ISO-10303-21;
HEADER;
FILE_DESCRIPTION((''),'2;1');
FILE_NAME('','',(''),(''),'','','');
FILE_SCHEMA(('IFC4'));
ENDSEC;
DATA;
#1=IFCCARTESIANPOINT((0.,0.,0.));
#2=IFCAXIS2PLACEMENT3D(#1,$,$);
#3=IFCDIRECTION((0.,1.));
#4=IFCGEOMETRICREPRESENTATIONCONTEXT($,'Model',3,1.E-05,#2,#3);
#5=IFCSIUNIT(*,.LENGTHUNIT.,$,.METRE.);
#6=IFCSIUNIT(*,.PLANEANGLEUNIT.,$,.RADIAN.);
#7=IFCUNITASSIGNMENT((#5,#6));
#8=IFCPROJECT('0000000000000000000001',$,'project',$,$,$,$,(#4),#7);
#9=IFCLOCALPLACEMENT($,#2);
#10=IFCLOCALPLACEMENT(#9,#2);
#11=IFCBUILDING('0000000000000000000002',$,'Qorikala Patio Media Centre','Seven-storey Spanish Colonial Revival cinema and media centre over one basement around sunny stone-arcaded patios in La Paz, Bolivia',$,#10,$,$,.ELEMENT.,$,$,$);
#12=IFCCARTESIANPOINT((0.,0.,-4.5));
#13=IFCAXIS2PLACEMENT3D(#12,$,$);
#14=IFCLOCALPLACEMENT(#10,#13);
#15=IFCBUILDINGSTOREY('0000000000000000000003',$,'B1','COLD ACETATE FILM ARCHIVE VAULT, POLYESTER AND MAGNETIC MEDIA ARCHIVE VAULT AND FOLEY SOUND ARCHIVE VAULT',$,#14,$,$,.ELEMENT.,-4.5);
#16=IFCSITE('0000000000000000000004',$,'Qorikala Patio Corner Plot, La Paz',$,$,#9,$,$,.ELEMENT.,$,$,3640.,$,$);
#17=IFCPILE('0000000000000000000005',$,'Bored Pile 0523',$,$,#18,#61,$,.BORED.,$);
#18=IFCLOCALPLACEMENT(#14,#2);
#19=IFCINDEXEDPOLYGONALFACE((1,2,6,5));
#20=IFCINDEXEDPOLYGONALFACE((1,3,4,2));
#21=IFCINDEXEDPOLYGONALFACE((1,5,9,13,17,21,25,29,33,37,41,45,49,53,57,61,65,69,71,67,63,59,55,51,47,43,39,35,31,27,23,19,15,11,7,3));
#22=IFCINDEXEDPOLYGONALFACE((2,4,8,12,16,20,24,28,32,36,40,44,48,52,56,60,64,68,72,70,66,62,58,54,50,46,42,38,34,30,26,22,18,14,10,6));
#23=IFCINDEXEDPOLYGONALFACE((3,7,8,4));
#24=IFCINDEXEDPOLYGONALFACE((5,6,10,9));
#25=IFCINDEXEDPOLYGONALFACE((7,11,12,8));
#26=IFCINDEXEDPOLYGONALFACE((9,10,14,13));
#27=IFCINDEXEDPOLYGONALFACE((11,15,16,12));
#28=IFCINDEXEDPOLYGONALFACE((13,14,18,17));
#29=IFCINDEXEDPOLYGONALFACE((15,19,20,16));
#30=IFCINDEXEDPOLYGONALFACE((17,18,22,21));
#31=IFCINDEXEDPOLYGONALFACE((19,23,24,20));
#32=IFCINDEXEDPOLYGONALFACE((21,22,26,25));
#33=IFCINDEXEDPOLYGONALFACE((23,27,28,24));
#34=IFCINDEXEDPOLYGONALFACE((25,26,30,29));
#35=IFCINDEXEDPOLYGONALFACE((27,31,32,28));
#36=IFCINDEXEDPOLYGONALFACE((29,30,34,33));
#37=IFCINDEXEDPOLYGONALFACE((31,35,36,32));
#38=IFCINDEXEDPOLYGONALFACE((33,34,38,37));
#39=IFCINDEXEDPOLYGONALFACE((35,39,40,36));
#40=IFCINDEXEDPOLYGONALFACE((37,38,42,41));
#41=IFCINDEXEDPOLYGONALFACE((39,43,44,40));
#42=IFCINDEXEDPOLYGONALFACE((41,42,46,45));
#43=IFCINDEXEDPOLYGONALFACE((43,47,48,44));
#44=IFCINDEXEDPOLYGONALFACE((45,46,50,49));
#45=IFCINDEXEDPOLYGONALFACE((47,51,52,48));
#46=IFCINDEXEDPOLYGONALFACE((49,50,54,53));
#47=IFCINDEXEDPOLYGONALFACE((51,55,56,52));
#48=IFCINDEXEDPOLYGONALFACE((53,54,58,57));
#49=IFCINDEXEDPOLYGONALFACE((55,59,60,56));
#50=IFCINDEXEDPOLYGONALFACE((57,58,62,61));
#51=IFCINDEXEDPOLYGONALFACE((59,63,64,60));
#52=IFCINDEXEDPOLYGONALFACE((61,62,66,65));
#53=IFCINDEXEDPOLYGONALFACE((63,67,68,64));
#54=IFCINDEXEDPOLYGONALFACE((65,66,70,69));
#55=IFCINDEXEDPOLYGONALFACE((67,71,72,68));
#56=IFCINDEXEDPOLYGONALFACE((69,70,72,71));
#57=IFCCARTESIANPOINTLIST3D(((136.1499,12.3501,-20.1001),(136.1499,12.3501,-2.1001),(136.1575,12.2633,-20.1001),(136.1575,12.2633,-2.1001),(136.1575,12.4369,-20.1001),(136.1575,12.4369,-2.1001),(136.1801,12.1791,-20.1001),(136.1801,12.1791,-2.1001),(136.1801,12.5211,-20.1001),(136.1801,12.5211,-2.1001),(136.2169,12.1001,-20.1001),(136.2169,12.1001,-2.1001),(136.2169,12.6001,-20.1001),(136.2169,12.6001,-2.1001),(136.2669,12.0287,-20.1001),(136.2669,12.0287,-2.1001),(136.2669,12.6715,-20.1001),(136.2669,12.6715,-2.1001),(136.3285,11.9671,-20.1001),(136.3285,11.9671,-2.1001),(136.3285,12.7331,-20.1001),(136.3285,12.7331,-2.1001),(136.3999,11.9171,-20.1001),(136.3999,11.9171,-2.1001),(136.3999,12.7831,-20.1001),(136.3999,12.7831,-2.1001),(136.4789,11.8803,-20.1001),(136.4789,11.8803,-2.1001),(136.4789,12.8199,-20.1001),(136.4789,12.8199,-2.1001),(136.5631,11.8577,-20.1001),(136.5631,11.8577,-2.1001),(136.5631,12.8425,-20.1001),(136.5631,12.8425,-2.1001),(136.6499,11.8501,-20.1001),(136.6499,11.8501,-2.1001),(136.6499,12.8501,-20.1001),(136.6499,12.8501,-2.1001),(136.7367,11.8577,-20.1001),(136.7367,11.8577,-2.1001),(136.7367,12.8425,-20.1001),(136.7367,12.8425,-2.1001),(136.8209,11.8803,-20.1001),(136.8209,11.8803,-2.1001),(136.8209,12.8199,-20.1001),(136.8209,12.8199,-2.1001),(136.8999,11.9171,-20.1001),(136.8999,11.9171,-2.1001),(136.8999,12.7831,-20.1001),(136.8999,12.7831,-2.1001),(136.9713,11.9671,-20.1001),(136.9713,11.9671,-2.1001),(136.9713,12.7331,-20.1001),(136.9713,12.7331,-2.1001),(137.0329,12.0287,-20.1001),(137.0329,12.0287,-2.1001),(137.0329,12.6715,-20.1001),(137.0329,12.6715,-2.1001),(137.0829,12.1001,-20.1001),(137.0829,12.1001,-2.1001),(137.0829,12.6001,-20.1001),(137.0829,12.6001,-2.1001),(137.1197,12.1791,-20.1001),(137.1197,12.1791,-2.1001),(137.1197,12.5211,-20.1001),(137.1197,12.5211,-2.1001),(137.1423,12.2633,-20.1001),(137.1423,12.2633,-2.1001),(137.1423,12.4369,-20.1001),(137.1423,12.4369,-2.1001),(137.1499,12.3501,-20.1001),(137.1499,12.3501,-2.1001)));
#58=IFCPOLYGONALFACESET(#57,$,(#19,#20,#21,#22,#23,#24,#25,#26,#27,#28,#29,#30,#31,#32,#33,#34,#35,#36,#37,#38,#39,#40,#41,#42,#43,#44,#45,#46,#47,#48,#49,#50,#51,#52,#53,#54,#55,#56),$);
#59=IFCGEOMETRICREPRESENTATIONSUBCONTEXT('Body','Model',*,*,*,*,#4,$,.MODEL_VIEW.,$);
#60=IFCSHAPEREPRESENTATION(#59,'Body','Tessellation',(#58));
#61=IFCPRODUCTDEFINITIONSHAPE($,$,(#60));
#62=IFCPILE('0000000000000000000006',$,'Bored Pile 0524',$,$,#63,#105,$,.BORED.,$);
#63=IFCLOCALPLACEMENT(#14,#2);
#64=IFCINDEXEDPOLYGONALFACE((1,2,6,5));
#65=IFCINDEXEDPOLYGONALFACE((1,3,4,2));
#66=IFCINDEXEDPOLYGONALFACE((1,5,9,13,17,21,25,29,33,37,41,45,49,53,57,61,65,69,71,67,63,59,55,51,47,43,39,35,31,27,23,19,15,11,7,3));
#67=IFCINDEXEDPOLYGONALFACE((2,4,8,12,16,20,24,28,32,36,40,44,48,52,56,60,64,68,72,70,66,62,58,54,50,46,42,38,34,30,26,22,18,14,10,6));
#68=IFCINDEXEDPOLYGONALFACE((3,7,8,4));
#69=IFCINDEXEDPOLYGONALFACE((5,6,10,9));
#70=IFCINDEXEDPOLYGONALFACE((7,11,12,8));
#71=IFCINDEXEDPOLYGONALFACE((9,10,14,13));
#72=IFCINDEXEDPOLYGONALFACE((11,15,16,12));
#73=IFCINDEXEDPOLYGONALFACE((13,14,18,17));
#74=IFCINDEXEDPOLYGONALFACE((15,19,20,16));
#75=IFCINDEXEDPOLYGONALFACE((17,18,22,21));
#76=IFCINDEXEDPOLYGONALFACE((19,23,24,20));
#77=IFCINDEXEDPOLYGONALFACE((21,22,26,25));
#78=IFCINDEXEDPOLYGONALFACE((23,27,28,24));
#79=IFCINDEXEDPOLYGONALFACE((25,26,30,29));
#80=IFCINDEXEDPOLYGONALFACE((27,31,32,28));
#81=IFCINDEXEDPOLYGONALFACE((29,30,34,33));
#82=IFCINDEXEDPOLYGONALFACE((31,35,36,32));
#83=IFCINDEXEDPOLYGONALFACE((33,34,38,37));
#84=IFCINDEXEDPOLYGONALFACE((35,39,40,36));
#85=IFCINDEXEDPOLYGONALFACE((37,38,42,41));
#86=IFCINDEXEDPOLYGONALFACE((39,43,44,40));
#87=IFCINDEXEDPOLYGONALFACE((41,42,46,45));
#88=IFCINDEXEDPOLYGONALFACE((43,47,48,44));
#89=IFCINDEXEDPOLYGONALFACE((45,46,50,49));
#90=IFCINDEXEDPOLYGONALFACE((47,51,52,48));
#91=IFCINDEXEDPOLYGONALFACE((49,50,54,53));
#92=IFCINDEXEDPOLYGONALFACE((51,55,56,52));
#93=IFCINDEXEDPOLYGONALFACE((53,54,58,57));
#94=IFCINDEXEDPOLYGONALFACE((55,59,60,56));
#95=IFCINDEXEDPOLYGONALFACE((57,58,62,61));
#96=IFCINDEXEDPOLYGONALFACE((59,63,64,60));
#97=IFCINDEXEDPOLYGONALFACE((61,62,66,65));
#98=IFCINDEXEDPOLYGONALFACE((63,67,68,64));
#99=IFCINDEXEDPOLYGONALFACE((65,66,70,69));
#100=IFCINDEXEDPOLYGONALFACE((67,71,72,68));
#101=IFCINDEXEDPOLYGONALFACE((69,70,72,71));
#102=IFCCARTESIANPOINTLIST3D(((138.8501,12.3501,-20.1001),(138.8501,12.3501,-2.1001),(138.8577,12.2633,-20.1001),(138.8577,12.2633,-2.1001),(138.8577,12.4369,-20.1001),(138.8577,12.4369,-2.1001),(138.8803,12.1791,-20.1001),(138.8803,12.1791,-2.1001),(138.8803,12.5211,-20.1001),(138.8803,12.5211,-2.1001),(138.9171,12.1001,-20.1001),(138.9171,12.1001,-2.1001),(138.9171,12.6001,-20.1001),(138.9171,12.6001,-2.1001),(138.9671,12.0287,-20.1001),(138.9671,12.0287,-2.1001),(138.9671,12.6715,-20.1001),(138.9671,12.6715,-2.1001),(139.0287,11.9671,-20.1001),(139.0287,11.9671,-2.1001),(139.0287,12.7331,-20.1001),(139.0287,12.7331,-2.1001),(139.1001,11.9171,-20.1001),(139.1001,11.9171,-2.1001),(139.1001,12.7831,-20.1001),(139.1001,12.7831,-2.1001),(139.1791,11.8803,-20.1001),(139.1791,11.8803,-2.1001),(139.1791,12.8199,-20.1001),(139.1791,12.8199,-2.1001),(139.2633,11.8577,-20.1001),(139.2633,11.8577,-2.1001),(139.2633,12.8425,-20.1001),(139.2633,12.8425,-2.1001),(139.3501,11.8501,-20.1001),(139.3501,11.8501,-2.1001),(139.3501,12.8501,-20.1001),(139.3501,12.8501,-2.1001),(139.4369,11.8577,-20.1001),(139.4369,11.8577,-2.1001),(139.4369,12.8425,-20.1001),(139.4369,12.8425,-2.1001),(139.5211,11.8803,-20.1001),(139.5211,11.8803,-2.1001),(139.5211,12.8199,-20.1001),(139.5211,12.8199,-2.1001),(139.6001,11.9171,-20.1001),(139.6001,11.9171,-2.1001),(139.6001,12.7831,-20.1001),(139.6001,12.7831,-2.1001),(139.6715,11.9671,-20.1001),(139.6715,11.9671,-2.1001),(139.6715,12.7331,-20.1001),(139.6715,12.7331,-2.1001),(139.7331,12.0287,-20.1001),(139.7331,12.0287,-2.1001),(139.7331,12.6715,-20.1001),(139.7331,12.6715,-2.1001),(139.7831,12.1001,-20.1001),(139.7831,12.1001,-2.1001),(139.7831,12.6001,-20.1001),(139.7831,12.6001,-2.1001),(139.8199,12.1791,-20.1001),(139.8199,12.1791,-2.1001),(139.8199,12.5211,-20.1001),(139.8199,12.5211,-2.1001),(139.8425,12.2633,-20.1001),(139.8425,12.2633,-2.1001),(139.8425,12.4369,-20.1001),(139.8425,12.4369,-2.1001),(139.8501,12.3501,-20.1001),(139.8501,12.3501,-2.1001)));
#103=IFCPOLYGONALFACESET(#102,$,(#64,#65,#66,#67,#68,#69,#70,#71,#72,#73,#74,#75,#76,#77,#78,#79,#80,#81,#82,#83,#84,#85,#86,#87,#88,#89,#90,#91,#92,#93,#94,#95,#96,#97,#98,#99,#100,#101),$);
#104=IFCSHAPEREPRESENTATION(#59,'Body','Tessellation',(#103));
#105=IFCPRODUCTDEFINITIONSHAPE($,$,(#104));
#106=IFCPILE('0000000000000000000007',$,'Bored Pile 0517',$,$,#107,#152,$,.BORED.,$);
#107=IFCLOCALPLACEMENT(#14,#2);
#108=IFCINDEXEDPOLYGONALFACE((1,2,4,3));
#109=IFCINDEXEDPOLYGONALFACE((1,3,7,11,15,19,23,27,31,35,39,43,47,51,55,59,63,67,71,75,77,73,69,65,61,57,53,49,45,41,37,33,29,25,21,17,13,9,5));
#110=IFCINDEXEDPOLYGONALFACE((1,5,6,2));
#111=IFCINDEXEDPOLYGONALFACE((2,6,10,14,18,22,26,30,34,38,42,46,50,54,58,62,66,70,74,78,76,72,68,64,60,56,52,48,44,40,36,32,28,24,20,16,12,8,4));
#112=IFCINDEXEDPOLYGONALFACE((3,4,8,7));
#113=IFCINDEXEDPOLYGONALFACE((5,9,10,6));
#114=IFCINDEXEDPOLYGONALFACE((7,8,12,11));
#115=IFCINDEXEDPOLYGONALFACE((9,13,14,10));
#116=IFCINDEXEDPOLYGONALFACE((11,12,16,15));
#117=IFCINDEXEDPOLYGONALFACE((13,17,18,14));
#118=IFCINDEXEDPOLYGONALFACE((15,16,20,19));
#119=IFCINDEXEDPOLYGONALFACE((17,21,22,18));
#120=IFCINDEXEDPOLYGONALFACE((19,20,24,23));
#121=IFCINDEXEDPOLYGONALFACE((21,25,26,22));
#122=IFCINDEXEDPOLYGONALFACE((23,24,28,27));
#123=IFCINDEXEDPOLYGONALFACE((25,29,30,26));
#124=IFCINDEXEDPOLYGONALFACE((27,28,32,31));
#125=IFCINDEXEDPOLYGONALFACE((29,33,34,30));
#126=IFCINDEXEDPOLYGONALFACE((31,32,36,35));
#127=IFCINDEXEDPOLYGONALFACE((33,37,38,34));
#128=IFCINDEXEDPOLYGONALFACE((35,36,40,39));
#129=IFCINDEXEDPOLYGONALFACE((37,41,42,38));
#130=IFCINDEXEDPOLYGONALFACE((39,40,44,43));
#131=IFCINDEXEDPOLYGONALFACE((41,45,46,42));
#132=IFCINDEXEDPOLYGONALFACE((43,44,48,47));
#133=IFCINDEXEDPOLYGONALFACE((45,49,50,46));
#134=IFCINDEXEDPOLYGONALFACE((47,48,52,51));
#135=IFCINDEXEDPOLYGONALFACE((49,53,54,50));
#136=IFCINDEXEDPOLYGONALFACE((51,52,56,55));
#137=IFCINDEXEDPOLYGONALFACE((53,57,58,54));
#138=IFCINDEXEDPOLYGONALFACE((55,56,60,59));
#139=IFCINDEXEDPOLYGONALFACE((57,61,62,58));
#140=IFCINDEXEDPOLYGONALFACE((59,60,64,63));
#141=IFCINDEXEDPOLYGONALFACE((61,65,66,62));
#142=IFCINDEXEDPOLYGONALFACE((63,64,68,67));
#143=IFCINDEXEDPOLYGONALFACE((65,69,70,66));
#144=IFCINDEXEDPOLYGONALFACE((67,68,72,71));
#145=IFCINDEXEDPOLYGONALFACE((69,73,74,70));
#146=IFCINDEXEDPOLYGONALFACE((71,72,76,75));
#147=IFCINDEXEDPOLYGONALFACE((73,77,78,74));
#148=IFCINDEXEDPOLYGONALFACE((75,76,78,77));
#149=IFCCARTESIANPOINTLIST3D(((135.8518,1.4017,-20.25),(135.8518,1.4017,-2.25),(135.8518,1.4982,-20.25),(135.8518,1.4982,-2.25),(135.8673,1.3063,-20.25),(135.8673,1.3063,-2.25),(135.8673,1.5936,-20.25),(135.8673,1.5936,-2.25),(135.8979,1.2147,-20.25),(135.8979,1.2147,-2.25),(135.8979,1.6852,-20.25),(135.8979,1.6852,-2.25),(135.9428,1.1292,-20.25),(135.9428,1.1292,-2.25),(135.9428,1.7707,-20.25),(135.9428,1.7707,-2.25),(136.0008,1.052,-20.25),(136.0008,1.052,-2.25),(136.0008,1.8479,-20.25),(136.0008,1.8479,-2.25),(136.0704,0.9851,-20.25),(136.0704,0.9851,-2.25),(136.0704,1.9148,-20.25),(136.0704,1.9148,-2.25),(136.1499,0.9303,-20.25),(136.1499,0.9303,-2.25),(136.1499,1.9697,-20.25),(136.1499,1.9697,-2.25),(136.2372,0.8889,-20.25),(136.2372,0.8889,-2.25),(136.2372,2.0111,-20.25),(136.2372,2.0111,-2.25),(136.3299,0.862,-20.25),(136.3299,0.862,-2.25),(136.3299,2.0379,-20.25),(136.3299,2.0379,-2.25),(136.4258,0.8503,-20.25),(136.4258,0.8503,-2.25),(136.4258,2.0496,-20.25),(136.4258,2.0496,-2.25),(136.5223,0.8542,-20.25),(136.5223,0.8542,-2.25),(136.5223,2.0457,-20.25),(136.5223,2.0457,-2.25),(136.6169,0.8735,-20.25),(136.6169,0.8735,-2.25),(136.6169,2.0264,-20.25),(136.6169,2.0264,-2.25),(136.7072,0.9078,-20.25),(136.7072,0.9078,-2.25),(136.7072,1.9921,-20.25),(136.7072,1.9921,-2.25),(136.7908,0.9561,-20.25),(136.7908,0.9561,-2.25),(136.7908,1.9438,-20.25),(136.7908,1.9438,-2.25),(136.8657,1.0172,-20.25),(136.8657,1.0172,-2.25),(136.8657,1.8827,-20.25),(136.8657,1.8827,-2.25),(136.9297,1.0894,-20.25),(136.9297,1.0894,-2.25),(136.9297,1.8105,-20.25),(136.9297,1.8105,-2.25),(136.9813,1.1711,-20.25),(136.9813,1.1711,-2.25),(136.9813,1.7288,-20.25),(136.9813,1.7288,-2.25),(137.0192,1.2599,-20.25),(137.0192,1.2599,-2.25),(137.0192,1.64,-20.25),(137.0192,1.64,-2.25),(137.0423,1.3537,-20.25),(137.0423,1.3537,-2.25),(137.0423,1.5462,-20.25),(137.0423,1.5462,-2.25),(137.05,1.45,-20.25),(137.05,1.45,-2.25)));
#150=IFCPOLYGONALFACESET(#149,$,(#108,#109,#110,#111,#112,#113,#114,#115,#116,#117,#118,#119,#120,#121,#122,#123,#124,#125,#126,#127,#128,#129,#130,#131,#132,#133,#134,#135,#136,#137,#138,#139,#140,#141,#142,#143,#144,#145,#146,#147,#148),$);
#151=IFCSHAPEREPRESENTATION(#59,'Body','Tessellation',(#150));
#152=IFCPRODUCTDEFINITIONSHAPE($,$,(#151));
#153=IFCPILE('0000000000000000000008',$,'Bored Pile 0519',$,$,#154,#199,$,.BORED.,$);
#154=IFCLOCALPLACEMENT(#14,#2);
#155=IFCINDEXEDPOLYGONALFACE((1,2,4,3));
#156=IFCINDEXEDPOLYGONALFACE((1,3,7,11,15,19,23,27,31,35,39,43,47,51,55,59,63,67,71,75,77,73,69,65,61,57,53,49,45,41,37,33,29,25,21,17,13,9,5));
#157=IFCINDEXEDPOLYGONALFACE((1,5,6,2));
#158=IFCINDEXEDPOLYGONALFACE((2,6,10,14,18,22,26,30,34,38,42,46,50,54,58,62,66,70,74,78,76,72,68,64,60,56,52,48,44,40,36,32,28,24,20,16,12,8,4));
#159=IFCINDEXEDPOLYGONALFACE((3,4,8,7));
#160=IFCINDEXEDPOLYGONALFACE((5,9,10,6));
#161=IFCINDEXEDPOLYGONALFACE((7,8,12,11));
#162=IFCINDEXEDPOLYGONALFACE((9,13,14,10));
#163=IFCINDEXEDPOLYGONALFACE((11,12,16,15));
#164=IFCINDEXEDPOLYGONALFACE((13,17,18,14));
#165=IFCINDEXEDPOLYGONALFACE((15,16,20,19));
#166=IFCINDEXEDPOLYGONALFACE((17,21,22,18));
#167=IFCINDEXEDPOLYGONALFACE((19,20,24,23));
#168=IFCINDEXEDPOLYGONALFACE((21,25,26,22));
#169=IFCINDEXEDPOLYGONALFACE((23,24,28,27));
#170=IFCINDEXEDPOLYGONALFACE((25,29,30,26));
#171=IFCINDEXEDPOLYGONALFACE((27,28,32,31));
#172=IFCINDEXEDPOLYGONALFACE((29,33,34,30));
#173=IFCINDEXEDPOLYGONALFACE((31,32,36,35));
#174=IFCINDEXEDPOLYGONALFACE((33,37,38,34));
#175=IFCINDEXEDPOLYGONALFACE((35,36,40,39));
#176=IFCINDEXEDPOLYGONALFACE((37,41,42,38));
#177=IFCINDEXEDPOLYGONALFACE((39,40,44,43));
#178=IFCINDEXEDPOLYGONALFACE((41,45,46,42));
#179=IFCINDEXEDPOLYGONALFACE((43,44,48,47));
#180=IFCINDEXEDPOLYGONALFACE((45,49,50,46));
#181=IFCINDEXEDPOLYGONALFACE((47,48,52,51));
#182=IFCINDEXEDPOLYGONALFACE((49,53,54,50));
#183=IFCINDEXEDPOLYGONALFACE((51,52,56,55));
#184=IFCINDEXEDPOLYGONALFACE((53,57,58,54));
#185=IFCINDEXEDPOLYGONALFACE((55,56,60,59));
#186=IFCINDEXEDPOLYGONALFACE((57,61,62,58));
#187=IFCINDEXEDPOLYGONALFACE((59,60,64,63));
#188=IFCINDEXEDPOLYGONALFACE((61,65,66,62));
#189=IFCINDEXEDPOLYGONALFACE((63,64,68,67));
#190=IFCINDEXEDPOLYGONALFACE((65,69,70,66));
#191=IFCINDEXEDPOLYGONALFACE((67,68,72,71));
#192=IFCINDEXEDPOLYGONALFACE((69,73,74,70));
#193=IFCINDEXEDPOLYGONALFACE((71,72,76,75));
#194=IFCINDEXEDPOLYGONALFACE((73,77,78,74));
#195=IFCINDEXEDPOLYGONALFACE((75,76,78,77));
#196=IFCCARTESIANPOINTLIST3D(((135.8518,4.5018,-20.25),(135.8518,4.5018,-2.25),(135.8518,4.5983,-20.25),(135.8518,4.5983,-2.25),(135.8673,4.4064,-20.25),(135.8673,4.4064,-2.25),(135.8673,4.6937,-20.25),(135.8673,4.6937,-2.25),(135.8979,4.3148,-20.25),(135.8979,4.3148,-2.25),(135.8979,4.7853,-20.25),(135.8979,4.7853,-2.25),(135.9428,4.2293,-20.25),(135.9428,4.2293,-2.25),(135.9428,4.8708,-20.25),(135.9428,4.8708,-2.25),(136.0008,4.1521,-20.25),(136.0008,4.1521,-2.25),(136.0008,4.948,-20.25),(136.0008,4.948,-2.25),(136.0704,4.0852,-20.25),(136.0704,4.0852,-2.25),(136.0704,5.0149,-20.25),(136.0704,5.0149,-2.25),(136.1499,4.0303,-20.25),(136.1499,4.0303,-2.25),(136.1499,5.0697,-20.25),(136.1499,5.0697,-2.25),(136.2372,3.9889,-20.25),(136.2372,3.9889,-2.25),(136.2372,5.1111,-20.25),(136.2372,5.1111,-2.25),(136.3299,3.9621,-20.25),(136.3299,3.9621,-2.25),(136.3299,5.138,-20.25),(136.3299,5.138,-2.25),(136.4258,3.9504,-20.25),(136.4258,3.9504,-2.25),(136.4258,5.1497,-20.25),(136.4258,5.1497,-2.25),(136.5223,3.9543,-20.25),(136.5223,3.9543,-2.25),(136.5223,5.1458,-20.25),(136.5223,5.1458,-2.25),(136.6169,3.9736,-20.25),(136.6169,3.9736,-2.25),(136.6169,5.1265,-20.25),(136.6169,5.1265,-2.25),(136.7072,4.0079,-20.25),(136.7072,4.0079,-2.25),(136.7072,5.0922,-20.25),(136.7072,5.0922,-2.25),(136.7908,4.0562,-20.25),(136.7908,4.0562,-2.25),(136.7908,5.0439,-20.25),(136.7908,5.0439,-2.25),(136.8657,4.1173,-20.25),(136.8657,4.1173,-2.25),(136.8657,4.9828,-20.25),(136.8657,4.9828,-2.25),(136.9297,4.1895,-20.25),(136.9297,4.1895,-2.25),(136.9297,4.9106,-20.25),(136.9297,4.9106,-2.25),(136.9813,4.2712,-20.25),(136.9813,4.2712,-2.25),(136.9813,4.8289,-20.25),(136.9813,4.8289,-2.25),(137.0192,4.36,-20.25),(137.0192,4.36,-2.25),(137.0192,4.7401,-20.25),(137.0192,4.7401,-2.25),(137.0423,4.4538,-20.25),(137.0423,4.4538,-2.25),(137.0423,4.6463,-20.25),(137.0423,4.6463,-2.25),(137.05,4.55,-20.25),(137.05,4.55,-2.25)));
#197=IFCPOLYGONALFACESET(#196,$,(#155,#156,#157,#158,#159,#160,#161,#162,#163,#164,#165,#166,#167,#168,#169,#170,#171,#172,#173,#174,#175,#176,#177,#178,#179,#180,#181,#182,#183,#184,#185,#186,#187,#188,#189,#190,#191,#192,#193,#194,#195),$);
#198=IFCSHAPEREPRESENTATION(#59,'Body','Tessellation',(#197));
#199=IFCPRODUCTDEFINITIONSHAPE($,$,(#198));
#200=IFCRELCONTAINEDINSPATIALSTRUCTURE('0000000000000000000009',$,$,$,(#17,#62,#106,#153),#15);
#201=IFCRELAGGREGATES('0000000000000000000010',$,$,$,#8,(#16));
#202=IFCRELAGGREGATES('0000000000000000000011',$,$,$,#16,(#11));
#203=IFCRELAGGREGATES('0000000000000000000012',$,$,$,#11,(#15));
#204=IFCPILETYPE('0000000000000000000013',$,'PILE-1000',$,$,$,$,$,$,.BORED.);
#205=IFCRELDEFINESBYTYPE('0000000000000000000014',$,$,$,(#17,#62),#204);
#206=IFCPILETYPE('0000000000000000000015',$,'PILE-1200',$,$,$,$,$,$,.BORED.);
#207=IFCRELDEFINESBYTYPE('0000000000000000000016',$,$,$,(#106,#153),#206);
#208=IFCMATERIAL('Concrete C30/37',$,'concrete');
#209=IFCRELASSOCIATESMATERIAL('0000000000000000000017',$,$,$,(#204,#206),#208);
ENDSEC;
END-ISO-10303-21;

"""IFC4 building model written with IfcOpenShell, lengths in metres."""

from ifc_helpers import new_model, si_unit, direction, frame, origin, origin_2d, place, context, subcontext, project, spatial, circle, extrude, material, material_profile, profile_set, type_object, element, save


model = new_model("IFC4")

# Units and contexts
model_context = context("Model", 3, precision=1e-05, world=origin(), true_north=direction((0.0, 1.0)))
body_context = subcontext(model_context, "Body", "Model", "MODEL_VIEW")
ifc_project = project(units=[si_unit("LENGTHUNIT", "METRE"), si_unit("PLANEANGLEUNIT", "RADIAN")], contexts=[model_context])

# Site, building, storey
site_placement = place(None, origin())
site = spatial("IfcSite", under=ifc_project, at=site_placement, Name="Qorikala Patio Corner Plot, La Paz", CompositionType="ELEMENT", RefElevation=3640.0)
building_placement = place(site_placement, origin())
building = spatial("IfcBuilding", under=site, at=building_placement, Name="Qorikala Patio Media Centre", Description="Seven-storey Spanish Colonial Revival cinema and media centre over one basement around sunny stone-arcaded patios in La Paz, Bolivia", CompositionType="ELEMENT")
storey_placement = place(building_placement, frame((0.0, 0.0, -4.5)))
storey = spatial("IfcBuildingStorey", under=building, at=storey_placement, Name="B1", Description="COLD ACETATE FILM ARCHIVE VAULT, POLYESTER AND MAGNETIC MEDIA ARCHIVE VAULT AND FOLEY SOUND ARCHIVE VAULT", CompositionType="ELEMENT", Elevation=-4.5)

# Shared definitions
ifc_material_1 = material(Name="Concrete C30/37", Category="concrete")

# Piles
ifc_material_profile_1 = material_profile(ifc_material_1, circle(Radius=0.5, at=origin_2d()), Name="BORED PILE 1000")
ifc_profile_set_1 = profile_set([ifc_material_profile_1], Name="Concrete C30/37")
pile_type_1 = type_object("IfcPileType", Name="PILE-1000", PredefinedType="BORED", material=ifc_profile_set_1)
for number, where, z_axis, x_axis, name in (
    (1, (136.6499, 12.3501, -2.1001), (0.0, 0.0, -1.0), (1.0, 0.0, 0.0), "Bored Pile 0523"),
    (2, (139.3501, 12.3501, -2.1001), (0.0, 0.0, -1.0), (1.0, 0.0, 0.0), "Bored Pile 0524"),
):
    element("IfcPile", number, at=place(storey_placement, frame(where, z_axis=z_axis, x_axis=x_axis)), inside=storey, type_object=pile_type_1, Name=name, PredefinedType="BORED", context=body_context, shape_type="SweptSolid", body=[
        extrude(circle(Radius=0.5, at=origin_2d()), origin(), (0.0, 0.0, 1.0), 18.0),
    ])
ifc_material_profile_2 = material_profile(ifc_material_1, circle(Radius=0.6001, at=origin_2d()), Name="BORED PILE 1200")
ifc_profile_set_2 = profile_set([ifc_material_profile_2], Name="Concrete C30/37")
pile_type_2 = type_object("IfcPileType", Name="PILE-1200", PredefinedType="BORED", material=ifc_profile_set_2)
for number, where, z_axis, x_axis, name in (
    (3, (136.45, 1.45, -2.25), (0.0, 0.0, -1.0), (1.0, 0.0, 0.0), "Bored Pile 0517"),
    (4, (136.45, 4.55, -2.25), (0.0, 0.0, -1.0), (1.0, 0.0, 0.0), "Bored Pile 0519"),
):
    element("IfcPile", number, at=place(storey_placement, frame(where, z_axis=z_axis, x_axis=x_axis)), inside=storey, type_object=pile_type_2, Name=name, PredefinedType="BORED", context=body_context, shape_type="SweptSolid", body=[
        extrude(circle(Radius=0.6001, at=origin_2d()), origin(), (0.0, 0.0, 1.0), 18.0),
    ])

save(model, "model.ifc")
